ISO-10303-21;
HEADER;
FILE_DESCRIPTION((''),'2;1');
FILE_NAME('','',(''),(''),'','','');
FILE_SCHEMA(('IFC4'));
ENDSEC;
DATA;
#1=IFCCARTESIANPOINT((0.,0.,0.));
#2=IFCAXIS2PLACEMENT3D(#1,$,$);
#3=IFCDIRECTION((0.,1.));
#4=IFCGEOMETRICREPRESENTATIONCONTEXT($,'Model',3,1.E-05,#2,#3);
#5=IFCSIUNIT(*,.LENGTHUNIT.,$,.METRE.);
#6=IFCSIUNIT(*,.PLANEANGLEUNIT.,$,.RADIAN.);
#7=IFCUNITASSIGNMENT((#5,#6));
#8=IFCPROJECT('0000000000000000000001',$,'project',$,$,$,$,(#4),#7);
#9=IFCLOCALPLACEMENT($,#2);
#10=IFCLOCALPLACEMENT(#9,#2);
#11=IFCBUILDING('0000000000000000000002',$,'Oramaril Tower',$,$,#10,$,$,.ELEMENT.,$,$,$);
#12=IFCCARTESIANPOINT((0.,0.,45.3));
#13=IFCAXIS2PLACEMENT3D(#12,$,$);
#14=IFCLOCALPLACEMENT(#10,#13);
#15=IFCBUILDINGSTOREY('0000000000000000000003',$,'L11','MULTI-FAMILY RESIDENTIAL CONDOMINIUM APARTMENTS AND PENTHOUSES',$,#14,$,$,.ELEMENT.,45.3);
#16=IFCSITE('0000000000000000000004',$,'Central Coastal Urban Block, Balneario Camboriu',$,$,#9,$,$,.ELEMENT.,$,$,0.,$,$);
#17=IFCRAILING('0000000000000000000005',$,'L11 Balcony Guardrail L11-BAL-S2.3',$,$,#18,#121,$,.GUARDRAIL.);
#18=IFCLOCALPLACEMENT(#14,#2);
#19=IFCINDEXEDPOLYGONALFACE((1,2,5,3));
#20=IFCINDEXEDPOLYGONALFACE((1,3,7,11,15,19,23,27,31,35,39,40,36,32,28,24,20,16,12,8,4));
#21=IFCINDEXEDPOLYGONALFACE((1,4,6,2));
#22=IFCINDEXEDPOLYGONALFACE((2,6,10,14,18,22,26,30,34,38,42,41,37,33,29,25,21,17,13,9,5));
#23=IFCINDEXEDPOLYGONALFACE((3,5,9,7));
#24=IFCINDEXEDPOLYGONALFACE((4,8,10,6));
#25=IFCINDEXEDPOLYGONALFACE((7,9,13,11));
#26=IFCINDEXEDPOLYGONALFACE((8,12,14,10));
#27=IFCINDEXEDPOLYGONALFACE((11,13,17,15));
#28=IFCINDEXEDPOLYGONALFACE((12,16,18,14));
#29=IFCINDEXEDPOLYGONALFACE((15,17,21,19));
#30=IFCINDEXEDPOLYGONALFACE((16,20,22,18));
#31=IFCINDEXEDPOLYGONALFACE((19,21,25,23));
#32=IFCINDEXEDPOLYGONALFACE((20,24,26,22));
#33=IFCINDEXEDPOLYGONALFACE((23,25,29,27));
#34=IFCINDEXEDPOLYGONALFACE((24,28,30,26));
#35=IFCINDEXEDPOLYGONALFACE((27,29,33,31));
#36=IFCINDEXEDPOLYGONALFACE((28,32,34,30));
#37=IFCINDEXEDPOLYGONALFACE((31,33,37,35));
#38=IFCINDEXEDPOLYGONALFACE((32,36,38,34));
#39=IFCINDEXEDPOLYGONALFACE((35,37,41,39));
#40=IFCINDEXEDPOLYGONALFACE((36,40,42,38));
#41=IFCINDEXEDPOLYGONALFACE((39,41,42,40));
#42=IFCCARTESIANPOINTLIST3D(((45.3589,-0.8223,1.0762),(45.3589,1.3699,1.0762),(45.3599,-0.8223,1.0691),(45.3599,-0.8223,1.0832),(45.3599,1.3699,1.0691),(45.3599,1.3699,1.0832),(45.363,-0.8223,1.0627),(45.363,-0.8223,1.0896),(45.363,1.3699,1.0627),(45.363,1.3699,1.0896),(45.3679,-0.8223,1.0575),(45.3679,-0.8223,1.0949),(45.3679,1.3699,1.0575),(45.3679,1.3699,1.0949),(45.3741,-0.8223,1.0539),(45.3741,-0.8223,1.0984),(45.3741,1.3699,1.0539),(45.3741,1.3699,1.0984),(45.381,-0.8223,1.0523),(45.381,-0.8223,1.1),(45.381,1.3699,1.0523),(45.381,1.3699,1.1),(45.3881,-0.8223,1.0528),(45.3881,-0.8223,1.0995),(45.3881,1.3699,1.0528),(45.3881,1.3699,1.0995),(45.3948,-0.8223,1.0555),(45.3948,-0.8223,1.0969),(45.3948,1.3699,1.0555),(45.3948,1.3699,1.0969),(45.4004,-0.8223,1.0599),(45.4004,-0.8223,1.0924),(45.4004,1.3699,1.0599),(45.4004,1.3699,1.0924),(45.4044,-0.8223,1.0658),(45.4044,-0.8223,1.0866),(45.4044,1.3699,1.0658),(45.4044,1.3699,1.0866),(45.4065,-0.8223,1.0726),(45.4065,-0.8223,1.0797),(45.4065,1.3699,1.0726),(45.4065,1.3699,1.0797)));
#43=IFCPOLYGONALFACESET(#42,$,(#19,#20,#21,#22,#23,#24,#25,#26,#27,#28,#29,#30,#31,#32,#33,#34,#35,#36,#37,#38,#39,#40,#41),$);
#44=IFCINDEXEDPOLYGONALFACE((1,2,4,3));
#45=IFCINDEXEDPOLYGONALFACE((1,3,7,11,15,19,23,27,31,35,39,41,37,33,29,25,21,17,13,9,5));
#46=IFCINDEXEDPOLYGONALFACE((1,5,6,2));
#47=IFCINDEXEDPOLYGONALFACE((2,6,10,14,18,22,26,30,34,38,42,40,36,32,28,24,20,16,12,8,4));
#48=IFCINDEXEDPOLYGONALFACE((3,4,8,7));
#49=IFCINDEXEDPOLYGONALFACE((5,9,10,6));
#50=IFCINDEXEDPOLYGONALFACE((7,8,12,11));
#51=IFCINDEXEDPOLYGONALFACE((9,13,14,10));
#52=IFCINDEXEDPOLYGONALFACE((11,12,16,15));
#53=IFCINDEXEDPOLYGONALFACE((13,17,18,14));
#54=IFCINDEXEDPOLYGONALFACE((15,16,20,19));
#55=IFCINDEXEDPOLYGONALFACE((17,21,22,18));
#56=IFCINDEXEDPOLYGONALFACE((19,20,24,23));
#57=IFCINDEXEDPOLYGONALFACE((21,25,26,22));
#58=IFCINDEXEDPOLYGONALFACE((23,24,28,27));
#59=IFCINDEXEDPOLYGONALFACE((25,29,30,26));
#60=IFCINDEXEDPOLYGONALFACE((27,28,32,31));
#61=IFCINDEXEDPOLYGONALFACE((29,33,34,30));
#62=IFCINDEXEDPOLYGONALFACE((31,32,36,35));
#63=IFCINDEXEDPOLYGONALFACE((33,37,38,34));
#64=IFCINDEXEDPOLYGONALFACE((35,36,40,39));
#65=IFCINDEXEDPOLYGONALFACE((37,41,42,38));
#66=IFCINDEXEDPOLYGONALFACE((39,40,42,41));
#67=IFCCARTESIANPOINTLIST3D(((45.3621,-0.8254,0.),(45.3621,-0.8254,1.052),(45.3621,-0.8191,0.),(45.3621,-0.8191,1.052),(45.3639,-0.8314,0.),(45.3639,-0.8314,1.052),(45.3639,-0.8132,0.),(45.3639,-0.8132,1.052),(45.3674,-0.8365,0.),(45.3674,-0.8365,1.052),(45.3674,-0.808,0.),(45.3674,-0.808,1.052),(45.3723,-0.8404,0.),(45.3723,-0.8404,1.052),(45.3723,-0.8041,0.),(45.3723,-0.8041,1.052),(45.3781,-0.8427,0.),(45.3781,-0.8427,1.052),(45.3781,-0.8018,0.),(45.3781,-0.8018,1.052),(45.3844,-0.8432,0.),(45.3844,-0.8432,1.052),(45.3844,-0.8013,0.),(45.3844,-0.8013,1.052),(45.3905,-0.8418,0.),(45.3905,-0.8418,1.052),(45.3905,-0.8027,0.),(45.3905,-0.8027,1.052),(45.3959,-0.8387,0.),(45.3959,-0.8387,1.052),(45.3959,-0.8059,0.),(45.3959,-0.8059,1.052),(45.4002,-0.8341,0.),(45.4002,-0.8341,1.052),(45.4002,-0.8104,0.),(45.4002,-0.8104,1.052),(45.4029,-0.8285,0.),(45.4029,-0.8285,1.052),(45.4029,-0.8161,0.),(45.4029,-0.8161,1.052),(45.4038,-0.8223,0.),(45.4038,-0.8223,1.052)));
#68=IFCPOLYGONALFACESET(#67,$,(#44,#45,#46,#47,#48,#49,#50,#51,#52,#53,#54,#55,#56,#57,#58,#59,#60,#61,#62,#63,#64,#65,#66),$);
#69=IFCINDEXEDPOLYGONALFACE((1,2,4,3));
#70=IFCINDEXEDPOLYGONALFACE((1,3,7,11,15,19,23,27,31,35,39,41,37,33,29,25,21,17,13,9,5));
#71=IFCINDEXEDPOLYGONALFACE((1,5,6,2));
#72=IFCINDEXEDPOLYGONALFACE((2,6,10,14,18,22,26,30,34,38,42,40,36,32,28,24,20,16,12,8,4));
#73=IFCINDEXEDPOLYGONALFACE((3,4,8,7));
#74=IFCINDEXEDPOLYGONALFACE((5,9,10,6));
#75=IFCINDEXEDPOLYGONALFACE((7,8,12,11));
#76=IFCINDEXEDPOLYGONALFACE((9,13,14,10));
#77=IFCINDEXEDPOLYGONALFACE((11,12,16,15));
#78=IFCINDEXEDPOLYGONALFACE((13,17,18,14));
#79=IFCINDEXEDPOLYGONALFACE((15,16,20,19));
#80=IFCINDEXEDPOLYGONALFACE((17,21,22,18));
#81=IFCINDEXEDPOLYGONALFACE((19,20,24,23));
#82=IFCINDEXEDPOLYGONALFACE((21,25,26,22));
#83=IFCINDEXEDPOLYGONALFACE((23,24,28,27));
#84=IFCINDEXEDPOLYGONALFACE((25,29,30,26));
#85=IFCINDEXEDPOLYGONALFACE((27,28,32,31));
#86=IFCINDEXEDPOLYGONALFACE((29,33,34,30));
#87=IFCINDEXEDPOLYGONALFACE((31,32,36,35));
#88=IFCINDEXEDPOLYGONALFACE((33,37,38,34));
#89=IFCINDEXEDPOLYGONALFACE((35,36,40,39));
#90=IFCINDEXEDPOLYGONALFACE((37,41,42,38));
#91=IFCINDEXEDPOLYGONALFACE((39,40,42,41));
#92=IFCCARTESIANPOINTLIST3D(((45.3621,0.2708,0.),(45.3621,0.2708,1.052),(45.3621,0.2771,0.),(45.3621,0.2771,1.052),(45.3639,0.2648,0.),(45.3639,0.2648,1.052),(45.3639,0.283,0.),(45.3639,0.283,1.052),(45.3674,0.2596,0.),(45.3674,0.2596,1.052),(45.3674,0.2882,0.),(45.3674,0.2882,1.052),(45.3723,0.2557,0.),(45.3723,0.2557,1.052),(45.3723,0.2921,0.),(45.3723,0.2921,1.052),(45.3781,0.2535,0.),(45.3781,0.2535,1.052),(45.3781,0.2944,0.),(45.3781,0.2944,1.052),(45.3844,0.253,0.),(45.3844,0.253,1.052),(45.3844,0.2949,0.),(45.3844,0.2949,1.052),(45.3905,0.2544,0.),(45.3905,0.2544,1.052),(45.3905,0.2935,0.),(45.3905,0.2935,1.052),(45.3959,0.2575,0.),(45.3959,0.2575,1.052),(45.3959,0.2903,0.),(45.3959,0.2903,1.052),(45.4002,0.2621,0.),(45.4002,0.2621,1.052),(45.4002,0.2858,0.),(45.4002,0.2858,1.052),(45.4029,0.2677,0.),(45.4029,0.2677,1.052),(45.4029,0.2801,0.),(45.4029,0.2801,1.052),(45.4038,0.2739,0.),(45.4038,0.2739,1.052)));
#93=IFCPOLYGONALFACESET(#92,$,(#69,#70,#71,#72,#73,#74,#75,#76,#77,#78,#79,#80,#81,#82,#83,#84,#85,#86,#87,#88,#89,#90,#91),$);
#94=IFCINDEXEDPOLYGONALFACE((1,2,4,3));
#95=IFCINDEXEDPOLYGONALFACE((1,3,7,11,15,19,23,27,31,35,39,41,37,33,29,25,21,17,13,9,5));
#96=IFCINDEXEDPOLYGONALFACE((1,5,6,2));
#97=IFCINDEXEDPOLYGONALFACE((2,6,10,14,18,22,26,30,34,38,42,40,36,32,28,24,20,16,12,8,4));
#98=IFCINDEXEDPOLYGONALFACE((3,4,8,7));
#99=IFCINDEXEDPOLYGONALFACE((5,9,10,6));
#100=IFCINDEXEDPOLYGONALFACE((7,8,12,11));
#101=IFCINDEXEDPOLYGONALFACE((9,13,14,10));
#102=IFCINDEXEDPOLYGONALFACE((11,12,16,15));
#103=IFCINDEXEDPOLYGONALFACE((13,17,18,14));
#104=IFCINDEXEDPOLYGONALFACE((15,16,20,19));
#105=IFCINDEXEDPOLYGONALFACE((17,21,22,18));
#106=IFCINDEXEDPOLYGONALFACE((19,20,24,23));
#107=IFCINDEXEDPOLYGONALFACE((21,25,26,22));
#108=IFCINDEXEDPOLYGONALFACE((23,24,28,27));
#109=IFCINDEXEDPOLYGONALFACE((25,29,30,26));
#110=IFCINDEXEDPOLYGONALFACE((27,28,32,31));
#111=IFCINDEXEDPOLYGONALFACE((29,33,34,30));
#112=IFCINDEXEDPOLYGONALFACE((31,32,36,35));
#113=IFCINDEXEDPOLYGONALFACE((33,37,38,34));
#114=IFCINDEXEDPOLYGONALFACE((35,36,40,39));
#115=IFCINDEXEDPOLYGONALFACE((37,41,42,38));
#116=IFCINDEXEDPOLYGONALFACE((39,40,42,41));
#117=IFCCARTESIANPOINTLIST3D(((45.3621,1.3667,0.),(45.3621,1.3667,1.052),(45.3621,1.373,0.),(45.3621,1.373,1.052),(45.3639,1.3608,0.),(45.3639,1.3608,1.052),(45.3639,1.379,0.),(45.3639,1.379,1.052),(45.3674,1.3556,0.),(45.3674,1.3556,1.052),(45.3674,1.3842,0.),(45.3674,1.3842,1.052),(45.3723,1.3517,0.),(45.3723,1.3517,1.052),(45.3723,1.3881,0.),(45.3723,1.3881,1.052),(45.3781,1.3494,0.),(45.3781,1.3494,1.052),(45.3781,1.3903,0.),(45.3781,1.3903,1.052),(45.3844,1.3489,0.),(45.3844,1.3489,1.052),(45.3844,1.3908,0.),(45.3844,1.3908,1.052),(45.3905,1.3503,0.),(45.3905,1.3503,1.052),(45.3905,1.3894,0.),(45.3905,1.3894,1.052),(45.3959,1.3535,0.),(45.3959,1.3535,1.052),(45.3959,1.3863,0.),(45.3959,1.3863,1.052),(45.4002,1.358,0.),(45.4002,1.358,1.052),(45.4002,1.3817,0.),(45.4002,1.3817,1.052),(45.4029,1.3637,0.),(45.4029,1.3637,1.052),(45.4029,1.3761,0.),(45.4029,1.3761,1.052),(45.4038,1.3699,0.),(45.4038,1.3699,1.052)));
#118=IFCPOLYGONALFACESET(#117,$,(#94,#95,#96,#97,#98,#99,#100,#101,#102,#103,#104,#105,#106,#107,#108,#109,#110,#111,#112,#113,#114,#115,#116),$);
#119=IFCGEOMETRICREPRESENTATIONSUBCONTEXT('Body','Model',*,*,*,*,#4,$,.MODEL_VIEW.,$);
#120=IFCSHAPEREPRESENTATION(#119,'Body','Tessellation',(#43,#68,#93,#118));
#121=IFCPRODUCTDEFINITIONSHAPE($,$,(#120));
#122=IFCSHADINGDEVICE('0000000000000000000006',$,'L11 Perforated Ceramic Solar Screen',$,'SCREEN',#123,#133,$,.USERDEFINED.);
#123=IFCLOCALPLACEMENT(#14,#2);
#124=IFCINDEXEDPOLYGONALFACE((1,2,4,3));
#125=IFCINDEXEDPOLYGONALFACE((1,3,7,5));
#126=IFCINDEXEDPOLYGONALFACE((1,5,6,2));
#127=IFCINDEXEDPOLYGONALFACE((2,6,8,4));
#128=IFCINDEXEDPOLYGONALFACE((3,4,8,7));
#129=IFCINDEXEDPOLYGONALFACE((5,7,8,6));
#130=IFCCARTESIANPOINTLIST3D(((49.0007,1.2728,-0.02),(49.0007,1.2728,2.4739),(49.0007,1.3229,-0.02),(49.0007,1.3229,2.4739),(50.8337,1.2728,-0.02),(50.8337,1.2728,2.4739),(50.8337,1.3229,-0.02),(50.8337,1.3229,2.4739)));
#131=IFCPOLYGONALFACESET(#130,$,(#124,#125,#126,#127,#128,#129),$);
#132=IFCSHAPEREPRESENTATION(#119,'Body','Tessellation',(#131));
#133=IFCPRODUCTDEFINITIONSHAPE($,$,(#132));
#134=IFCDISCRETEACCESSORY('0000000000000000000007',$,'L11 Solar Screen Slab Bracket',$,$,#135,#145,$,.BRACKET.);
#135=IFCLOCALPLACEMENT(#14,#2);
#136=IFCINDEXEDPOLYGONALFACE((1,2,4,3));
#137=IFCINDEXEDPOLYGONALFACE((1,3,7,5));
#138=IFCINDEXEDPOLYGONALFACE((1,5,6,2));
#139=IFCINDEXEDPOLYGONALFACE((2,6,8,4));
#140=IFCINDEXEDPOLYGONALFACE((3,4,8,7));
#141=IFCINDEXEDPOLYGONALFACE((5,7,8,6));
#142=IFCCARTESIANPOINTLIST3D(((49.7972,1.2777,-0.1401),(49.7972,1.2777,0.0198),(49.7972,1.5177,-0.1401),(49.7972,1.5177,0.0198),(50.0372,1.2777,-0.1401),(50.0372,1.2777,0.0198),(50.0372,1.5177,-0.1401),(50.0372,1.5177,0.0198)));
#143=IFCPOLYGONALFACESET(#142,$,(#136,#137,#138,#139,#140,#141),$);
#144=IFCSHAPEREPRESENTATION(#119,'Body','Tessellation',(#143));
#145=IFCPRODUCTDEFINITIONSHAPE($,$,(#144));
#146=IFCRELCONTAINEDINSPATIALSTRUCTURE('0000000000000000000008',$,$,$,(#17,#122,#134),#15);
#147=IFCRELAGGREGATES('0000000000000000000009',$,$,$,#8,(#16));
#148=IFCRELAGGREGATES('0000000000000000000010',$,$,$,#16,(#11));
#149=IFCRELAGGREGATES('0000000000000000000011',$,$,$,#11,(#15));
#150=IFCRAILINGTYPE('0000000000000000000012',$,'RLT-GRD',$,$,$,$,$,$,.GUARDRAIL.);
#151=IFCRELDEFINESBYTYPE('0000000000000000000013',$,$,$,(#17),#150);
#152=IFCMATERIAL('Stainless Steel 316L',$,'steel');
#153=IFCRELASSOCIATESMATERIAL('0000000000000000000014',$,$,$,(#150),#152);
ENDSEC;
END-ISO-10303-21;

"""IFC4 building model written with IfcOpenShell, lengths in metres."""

from ifc_helpers import new_model, si_unit, direction, frame, origin, origin_2d, place, context, subcontext, project, spatial, rectangle, circle, extrude, material, type_object, element, save


model = new_model("IFC4")

# Units and contexts
model_context = context("Model", 3, precision=1e-05, world=origin(), true_north=direction((0.0, 1.0)))
body_context = subcontext(model_context, "Body", "Model", "MODEL_VIEW")
ifc_project = project(units=[si_unit("LENGTHUNIT", "METRE"), si_unit("PLANEANGLEUNIT", "RADIAN")], contexts=[model_context])

# Site, building, storey
site_placement = place(None, origin())
site = spatial("IfcSite", under=ifc_project, at=site_placement, Name="Central Coastal Urban Block, Balneario Camboriu", CompositionType="ELEMENT", RefElevation=0.0)
building_placement = place(site_placement, origin())
building = spatial("IfcBuilding", under=site, at=building_placement, Name="Oramaril Tower", CompositionType="ELEMENT")
storey_placement = place(building_placement, frame((0.0, 0.0, 45.3)))
storey = spatial("IfcBuildingStorey", under=building, at=storey_placement, Name="L11", Description="MULTI-FAMILY RESIDENTIAL CONDOMINIUM APARTMENTS AND PENTHOUSES", CompositionType="ELEMENT", Elevation=45.3)

# Railing
ifc_material_1 = material(Name="Stainless Steel 316L", Category="steel")
railing_type = type_object("IfcRailingType", Name="RLT-GRD", PredefinedType="GUARDRAIL", material=ifc_material_1)
railing_1_placement = place(storey_placement, frame((45.3828, -0.8223, 0.0)))
element("IfcRailing", 1, at=railing_1_placement, inside=storey, type_object=railing_type, Name="L11 Balcony Guardrail L11-BAL-S2.3", PredefinedType="GUARDRAIL", context=body_context, shape_type="SweptSolid", body=[
    extrude(circle(Radius=0.0239, at=origin_2d()), frame((0.0, 0.0, 1.0762), z_axis=(0.0, 1.0, 0.0), x_axis=(-1.0, 0.0, 0.0)), (0.0, 0.0, 1.0), 2.1921),
    extrude(circle(Radius=0.021, at=origin_2d()), origin(), (0.0, 0.0, 1.0), 1.052),
    extrude(circle(Radius=0.021, at=origin_2d()), frame((0.0, 1.0962, 0.0)), (0.0, 0.0, 1.0), 1.052),
    extrude(circle(Radius=0.021, at=origin_2d()), frame((0.0, 2.1921, 0.0)), (0.0, 0.0, 1.0), 1.052),
])

# Shading device
shading_device_placement = place(storey_placement, frame((49.9172, 1.2979, -0.02), z_axis=(0.0, 0.0, 1.0), x_axis=(1.0, 0.0, 0.0)))
element("IfcShadingDevice", 2, at=shading_device_placement, inside=storey, Name="L11 Perforated Ceramic Solar Screen", ObjectType="SCREEN", PredefinedType="USERDEFINED", context=body_context, shape_type="SweptSolid", body=[
    extrude(rectangle(XDim=1.833, YDim=0.05, at=origin_2d()), origin(), (0.0, 0.0, 1.0), 2.4939),
])

# Discrete accessory
discrete_accessory_placement = place(storey_placement, frame((49.9172, 1.3977, -0.1401), z_axis=(0.0, 0.0, 1.0), x_axis=(1.0, 0.0, 0.0)))
element("IfcDiscreteAccessory", 3, at=discrete_accessory_placement, inside=storey, Name="L11 Solar Screen Slab Bracket", PredefinedType="BRACKET", context=body_context, shape_type="SweptSolid", body=[
    extrude(rectangle(XDim=0.24, YDim=0.24, at=origin_2d()), origin(), (0.0, 0.0, 1.0), 0.1599),
])

save(model, "model.ifc")
